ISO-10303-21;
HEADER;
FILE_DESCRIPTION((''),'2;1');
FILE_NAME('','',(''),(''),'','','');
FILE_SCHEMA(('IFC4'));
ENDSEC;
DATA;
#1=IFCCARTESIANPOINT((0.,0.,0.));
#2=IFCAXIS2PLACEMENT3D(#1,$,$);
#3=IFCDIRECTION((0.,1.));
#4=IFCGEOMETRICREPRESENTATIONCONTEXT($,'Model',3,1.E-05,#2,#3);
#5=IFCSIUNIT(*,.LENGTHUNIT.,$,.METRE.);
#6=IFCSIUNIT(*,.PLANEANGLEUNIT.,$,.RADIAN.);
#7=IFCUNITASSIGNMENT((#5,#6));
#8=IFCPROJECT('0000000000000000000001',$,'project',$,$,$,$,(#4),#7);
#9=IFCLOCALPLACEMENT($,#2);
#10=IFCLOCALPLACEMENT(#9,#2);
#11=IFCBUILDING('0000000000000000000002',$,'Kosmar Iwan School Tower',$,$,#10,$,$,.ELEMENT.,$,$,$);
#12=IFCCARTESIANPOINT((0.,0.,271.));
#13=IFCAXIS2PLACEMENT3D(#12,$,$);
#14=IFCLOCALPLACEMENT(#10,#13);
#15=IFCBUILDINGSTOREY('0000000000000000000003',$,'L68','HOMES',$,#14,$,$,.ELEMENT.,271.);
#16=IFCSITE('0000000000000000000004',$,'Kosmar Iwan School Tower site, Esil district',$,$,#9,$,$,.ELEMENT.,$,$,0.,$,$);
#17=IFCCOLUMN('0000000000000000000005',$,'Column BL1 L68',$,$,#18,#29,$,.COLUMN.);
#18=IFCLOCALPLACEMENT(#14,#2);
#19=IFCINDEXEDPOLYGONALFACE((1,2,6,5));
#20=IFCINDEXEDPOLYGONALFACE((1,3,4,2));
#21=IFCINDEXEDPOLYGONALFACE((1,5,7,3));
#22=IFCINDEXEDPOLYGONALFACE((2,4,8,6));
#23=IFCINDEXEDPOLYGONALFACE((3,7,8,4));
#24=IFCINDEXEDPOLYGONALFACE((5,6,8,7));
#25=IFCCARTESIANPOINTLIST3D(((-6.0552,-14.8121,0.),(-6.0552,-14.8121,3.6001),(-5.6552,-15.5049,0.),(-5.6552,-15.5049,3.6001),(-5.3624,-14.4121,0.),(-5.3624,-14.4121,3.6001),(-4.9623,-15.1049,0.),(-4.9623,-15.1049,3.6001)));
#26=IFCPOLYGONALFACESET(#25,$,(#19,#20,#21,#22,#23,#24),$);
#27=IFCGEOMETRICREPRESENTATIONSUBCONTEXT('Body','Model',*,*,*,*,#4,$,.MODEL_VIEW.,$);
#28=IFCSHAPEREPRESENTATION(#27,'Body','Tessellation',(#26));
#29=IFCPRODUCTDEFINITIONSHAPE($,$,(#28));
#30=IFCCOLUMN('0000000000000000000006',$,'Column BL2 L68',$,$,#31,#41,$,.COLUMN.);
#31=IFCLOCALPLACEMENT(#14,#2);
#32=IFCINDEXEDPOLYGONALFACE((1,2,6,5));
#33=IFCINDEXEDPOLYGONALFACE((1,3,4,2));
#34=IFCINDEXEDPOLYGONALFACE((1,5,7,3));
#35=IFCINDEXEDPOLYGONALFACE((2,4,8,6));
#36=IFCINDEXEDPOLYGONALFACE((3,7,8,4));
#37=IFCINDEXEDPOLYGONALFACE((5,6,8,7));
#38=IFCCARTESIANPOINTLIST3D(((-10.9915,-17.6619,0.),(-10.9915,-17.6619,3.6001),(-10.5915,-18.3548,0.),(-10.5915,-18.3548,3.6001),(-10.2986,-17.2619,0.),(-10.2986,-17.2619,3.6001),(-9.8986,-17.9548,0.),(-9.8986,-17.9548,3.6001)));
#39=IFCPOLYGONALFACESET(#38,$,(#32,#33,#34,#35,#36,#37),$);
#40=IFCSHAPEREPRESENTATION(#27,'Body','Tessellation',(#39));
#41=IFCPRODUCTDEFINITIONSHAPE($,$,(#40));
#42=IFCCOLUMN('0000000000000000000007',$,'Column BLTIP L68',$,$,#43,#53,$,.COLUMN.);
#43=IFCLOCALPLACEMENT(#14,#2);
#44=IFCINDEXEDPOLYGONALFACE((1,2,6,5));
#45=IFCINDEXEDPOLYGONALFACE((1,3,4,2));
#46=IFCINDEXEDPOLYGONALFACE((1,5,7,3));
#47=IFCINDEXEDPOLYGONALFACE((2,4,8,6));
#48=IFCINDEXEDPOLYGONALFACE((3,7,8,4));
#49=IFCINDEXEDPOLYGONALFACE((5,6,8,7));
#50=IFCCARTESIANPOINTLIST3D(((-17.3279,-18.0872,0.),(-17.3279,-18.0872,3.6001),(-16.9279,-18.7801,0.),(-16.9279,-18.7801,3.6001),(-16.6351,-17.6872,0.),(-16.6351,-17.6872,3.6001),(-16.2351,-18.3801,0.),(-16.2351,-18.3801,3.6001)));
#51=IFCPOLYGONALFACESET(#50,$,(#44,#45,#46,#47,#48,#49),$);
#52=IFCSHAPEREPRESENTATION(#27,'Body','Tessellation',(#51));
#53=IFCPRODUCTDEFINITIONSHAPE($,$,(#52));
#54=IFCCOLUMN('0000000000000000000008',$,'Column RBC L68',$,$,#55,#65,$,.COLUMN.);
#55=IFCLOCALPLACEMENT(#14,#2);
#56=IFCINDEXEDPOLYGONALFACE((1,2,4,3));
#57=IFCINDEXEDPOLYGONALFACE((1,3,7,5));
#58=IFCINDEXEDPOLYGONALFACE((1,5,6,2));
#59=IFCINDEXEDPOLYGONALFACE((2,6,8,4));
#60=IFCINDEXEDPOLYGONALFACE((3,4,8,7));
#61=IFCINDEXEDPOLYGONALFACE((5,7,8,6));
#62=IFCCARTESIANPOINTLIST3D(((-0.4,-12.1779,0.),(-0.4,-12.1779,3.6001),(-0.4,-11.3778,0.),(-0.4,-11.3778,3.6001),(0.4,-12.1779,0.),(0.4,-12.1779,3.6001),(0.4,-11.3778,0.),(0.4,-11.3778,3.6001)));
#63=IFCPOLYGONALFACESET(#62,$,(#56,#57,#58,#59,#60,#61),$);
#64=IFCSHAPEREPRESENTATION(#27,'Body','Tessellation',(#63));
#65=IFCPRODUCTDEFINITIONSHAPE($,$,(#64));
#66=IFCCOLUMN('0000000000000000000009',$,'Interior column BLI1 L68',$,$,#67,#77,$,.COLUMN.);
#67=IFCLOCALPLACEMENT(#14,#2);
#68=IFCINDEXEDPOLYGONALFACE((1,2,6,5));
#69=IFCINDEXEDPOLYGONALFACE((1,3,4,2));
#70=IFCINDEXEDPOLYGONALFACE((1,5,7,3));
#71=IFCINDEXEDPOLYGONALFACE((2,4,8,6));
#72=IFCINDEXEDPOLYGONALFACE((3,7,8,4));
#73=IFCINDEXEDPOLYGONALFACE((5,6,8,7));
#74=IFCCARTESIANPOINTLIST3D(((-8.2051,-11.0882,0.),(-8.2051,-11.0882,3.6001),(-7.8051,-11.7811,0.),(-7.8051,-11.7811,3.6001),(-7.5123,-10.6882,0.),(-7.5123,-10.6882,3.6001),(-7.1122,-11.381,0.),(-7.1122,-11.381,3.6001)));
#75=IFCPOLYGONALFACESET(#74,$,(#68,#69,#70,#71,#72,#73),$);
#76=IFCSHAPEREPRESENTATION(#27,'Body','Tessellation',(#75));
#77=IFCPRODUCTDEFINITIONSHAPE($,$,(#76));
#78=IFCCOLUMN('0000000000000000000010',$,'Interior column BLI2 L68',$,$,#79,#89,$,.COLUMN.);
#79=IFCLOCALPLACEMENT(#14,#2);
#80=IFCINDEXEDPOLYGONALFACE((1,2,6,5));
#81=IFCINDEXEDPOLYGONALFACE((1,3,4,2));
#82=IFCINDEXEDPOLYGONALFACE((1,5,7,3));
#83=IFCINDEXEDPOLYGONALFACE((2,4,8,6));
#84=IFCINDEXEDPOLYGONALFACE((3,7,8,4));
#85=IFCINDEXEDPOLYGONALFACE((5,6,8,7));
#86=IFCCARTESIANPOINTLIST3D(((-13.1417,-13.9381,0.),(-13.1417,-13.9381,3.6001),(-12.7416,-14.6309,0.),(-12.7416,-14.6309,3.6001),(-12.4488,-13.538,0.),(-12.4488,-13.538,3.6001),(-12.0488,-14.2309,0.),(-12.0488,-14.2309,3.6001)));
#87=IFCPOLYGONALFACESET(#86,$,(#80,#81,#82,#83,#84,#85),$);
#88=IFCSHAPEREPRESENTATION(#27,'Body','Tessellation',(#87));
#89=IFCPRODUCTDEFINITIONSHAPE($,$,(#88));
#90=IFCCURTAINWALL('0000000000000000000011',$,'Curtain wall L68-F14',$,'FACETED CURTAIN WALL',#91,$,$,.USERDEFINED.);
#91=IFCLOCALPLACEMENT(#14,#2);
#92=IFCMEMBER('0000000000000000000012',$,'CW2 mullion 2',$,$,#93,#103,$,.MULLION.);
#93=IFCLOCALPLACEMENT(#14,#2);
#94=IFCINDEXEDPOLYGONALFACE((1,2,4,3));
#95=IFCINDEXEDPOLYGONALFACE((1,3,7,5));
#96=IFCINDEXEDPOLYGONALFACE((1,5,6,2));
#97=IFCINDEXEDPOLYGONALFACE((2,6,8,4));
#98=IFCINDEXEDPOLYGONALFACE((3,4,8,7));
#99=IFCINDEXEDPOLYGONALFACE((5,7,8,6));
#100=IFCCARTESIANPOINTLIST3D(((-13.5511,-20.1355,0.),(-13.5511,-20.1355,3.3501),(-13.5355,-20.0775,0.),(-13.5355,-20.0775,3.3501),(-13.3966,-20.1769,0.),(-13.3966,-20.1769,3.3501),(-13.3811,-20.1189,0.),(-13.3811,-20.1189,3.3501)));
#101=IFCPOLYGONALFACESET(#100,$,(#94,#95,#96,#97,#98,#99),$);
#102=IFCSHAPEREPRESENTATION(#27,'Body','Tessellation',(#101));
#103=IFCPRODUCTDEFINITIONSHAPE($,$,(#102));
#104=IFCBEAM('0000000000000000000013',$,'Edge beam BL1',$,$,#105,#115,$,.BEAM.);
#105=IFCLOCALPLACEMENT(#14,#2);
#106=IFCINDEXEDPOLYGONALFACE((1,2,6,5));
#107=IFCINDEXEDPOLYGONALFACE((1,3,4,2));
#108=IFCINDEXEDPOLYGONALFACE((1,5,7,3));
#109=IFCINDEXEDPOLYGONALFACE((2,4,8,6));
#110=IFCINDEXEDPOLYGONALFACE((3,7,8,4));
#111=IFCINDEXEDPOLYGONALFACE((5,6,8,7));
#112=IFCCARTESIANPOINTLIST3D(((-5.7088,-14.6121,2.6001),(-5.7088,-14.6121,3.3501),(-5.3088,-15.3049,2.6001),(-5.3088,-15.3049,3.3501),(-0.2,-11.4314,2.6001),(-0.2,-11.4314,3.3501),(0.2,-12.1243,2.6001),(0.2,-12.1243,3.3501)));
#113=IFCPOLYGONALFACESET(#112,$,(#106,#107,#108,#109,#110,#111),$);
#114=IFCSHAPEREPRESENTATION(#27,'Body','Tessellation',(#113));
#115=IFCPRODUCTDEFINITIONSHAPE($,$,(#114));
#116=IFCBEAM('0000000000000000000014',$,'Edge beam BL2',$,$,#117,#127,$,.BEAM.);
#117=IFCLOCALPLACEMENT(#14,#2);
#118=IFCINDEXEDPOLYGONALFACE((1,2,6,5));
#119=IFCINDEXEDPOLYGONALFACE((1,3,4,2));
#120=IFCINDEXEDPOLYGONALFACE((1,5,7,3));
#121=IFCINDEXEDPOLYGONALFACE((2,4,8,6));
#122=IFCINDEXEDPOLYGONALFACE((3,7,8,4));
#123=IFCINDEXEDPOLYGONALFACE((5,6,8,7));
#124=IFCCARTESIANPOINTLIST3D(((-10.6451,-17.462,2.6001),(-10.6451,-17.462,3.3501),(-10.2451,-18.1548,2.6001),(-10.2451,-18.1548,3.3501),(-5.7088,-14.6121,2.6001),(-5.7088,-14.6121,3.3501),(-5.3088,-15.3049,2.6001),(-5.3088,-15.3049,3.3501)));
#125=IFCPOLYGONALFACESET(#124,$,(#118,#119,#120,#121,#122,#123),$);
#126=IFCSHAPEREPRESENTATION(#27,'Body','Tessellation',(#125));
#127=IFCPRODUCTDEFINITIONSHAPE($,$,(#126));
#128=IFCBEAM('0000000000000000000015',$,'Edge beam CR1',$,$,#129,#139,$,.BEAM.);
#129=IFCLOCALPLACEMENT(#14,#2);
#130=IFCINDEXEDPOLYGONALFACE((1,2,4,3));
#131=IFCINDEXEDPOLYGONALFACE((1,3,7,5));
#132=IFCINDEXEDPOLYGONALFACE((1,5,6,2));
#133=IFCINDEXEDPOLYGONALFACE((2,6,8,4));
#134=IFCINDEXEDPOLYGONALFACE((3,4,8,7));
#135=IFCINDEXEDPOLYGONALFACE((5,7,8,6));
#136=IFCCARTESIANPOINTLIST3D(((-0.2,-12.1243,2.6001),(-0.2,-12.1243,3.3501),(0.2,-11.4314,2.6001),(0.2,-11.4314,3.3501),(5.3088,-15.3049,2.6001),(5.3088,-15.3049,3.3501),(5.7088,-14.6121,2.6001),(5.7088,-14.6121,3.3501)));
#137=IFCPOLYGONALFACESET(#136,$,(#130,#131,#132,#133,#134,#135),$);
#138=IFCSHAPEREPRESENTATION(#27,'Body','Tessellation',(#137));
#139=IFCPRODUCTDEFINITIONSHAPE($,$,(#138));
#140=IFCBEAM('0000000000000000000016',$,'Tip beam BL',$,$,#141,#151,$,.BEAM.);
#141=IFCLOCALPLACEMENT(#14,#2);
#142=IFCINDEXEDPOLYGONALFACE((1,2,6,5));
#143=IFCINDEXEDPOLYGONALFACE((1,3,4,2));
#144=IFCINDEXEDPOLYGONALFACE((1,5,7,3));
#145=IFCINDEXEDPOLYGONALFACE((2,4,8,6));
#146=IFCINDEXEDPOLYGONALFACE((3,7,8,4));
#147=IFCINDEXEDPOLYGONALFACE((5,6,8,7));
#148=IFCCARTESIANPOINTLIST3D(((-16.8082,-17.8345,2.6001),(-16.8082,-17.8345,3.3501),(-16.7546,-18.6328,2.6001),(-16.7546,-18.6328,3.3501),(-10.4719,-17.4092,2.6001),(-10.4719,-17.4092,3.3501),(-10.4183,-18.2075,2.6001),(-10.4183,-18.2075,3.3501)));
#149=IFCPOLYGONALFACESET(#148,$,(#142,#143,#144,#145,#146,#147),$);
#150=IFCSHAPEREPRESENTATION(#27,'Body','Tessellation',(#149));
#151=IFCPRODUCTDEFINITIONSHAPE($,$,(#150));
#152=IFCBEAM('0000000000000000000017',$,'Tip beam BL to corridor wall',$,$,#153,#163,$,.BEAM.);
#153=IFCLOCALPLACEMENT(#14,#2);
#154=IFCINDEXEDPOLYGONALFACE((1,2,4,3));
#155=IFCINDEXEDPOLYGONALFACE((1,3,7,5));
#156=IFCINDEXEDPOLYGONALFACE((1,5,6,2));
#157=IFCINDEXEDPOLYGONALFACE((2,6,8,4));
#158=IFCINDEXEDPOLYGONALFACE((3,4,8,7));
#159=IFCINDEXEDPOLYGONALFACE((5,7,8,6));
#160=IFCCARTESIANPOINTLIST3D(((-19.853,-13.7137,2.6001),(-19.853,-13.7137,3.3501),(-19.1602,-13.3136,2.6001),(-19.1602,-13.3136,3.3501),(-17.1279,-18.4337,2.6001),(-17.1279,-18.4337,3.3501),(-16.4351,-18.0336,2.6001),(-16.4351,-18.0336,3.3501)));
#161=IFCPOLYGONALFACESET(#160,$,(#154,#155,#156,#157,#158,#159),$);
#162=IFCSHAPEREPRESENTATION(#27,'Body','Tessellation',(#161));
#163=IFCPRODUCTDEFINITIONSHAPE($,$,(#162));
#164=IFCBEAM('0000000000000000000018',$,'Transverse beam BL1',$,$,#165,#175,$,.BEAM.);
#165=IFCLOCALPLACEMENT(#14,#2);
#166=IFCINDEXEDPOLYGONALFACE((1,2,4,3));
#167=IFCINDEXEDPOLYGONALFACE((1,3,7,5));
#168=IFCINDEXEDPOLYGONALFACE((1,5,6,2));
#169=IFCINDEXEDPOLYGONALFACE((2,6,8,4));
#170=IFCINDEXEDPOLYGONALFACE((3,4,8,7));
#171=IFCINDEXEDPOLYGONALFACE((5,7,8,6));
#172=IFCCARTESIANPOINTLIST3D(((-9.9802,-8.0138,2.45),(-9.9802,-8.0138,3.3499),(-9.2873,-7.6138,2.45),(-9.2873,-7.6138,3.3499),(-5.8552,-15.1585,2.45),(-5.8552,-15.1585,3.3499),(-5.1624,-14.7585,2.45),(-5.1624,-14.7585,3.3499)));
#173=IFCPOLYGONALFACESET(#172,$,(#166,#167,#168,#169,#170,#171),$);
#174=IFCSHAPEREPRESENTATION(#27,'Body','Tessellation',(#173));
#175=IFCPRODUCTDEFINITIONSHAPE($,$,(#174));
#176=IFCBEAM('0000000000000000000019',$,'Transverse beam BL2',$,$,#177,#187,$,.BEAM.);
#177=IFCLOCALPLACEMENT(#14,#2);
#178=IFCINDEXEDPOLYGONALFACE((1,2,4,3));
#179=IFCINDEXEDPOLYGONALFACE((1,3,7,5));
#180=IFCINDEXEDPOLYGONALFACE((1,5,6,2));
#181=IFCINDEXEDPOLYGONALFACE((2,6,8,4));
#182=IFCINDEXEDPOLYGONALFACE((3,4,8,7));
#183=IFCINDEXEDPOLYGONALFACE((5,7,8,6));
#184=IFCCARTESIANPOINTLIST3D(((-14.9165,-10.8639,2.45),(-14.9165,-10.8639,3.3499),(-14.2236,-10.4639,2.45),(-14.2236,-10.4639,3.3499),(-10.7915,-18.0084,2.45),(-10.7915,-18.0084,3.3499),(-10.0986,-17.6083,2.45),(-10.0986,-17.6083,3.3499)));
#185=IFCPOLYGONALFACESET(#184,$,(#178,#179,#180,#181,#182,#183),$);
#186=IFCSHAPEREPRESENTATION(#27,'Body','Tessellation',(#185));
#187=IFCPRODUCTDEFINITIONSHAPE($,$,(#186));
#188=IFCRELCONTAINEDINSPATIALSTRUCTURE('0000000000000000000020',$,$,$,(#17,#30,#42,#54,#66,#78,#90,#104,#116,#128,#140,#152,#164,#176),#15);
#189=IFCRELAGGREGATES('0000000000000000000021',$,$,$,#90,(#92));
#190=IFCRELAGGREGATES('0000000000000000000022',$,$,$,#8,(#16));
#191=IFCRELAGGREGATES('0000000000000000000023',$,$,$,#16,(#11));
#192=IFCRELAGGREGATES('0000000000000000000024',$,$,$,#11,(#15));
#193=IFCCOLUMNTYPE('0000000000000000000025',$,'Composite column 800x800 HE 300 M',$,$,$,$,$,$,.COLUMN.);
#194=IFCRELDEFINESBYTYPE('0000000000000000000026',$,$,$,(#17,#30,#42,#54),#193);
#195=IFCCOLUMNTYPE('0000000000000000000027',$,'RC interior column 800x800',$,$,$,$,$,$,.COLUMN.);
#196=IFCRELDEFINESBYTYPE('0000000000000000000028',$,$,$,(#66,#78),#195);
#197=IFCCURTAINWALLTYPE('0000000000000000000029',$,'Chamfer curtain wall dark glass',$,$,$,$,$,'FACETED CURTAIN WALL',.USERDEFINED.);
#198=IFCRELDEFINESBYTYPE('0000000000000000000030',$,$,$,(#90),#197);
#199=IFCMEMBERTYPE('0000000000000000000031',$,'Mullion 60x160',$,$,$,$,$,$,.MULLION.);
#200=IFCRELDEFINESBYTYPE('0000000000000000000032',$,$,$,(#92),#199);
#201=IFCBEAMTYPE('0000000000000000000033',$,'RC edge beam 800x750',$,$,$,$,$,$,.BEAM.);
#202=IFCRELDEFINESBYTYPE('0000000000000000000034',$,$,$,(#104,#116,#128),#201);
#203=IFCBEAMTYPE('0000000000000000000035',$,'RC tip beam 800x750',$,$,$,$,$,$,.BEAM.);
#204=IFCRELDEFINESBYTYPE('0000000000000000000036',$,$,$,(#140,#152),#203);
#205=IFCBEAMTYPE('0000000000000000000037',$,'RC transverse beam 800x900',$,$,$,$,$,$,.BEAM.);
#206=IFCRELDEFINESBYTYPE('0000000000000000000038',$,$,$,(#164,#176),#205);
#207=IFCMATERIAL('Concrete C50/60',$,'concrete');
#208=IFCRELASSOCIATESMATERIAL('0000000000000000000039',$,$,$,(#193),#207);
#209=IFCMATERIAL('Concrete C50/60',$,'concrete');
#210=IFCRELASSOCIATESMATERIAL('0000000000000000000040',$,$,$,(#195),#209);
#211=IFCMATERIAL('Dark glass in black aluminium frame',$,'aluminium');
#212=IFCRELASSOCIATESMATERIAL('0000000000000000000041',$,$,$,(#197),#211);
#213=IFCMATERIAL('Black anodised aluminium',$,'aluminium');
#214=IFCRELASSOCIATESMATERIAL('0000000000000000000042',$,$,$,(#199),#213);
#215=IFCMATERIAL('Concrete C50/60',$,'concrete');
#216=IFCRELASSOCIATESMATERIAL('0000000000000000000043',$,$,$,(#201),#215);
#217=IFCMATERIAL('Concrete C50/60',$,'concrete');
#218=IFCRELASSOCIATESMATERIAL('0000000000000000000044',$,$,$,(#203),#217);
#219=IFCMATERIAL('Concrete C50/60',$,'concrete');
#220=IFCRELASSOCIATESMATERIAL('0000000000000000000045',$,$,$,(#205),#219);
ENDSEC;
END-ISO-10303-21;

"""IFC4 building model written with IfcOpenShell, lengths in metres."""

from ifc_helpers import new_model, si_unit, direction, frame, origin, origin_2d, place, context, subcontext, project, spatial, rectangle, extrude, material, material_profile, profile_set, type_object, element, aggregate, save


model = new_model("IFC4")

# Units and contexts
model_context = context("Model", 3, precision=1e-05, world=origin(), true_north=direction((0.0, 1.0)))
body_context = subcontext(model_context, "Body", "Model", "MODEL_VIEW")
ifc_project = project(units=[si_unit("LENGTHUNIT", "METRE"), si_unit("PLANEANGLEUNIT", "RADIAN")], contexts=[model_context])

# Site, building, storey
site_placement = place(None, origin())
site = spatial("IfcSite", under=ifc_project, at=site_placement, Name="Kosmar Iwan School Tower site, Esil district", CompositionType="ELEMENT", RefElevation=0.0)
building_placement = place(site_placement, origin())
building = spatial("IfcBuilding", under=site, at=building_placement, Name="Kosmar Iwan School Tower", CompositionType="ELEMENT")
storey_placement = place(building_placement, frame((0.0, 0.0, 271.0)))
storey = spatial("IfcBuildingStorey", under=building, at=storey_placement, Name="L68", Description="HOMES", CompositionType="ELEMENT", Elevation=271.0)

# Columns
ifc_material_1 = material(Name="Concrete C50/60", Category="concrete")
ifc_material_profile_1 = material_profile(ifc_material_1, rectangle(XDim=0.8, YDim=0.8, at=origin_2d()), Name="RC 800x800 + HE 300 M")
ifc_profile_set_1 = profile_set([ifc_material_profile_1], Name="Concrete C50/60")
column_type_1 = type_object("IfcColumnType", Name="Composite column 800x800 HE 300 M", PredefinedType="COLUMN", material=ifc_profile_set_1)
for number, where, z_axis, x_axis, name in (
    (1, (-5.5088, -14.9585, 0.0), (0.0, 0.0, 1.0), (-0.866025, -0.5, 0.0), "Column BL1 L68"),
    (2, (-10.4451, -17.8083, 0.0), (0.0, 0.0, 1.0), (-0.866025, -0.5, 0.0), "Column BL2 L68"),
    (3, (-16.7815, -18.2336, 0.0), (0.0, 0.0, 1.0), (-0.866025, -0.5, 0.0), "Column BLTIP L68"),
    (4, (0.0, -11.7778, 0.0), (0.0, 0.0, 1.0), (1.0, 0.0, 0.0), "Column RBC L68"),
):
    element("IfcColumn", number, at=place(storey_placement, frame(where, z_axis=z_axis, x_axis=x_axis)), inside=storey, type_object=column_type_1, Name=name, PredefinedType="COLUMN", context=body_context, shape_type="SweptSolid", body=[
        extrude(rectangle(XDim=0.8, YDim=0.8, at=origin_2d()), origin(), (0.0, 0.0, 1.0), 3.6001),
    ])
ifc_material_2 = material(Name="Concrete C50/60", Category="concrete")
ifc_material_profile_2 = material_profile(ifc_material_2, rectangle(XDim=0.8, YDim=0.8, at=origin_2d()), Name="RC 800x800")
ifc_profile_set_2 = profile_set([ifc_material_profile_2], Name="Concrete C50/60")
column_type_2 = type_object("IfcColumnType", Name="RC interior column 800x800", PredefinedType="COLUMN", material=ifc_profile_set_2)
for number, where, z_axis, x_axis, name in (
    (5, (-7.6587, -11.2346, 0.0), (0.0, 0.0, 1.0), (-0.866025, -0.5, 0.0), "Interior column BLI1 L68"),
    (6, (-12.5952, -14.0845, 0.0), (0.0, 0.0, 1.0), (-0.866025, -0.5, 0.0), "Interior column BLI2 L68"),
):
    element("IfcColumn", number, at=place(storey_placement, frame(where, z_axis=z_axis, x_axis=x_axis)), inside=storey, type_object=column_type_2, Name=name, PredefinedType="COLUMN", context=body_context, shape_type="SweptSolid", body=[
        extrude(rectangle(XDim=0.8, YDim=0.8, at=origin_2d()), origin(), (0.0, 0.0, 1.0), 3.6001),
    ])

# Curtain wall, member
ifc_material_3 = material(Name="Dark glass in black aluminium frame", Category="aluminium")
curtain_wall_type = type_object("IfcCurtainWallType", Name="Chamfer curtain wall dark glass", ElementType="FACETED CURTAIN WALL", PredefinedType="USERDEFINED", material=ifc_material_3)
curtain_wall_placement = place(storey_placement, origin())
curtain_wall = element("IfcCurtainWall", 7, at=curtain_wall_placement, inside=storey, type_object=curtain_wall_type, Name="Curtain wall L68-F14", ObjectType="FACETED CURTAIN WALL", PredefinedType="USERDEFINED")
ifc_material_4 = material(Name="Black anodised aluminium", Category="aluminium")
ifc_material_profile_3 = material_profile(ifc_material_4, rectangle(XDim=0.0601, YDim=0.1599, at=origin_2d()), Name="MULLION 60x160")
ifc_profile_set_3 = profile_set([ifc_material_profile_3], Name="Black anodised aluminium")
member_type = type_object("IfcMemberType", Name="Mullion 60x160", PredefinedType="MULLION", material=ifc_profile_set_3)
member_placement = place(storey_placement, frame((-13.4661, -20.1272, 0.0), z_axis=(0.0, 0.0, 1.0), x_axis=(0.258819, 0.965926, 0.0)))
member = element("IfcMember", 8, at=member_placement, type_object=member_type, Name="CW2 mullion 2", PredefinedType="MULLION", context=body_context, shape_type="SweptSolid", body=[
    extrude(rectangle(XDim=0.0601, YDim=0.1599, at=origin_2d()), origin(), (0.0, 0.0, 1.0), 3.3501),
])

# Beams
ifc_material_5 = material(Name="Concrete C50/60", Category="concrete")
ifc_material_profile_4 = material_profile(ifc_material_5, rectangle(XDim=0.8, YDim=0.75, at=origin_2d()), Name="RC 800x750")
ifc_profile_set_4 = profile_set([ifc_material_profile_4], Name="Concrete C50/60")
beam_type_1 = type_object("IfcBeamType", Name="RC edge beam 800x750", PredefinedType="BEAM", material=ifc_profile_set_4)
beam_1_placement = place(storey_placement, frame((0.0, -11.7778, 2.9751), z_axis=(-0.866014, -0.500019, 0.0), x_axis=(0.500019, -0.866014, 0.0)))
element("IfcBeam", 9, at=beam_1_placement, inside=storey, type_object=beam_type_1, Name="Edge beam BL1", PredefinedType="BEAM", context=body_context, shape_type="SweptSolid", body=[
    extrude(rectangle(XDim=0.8, YDim=0.75, at=origin_2d()), origin(), (0.0, 0.0, 1.0), 6.3611),
])
beam_2_placement = place(storey_placement, frame((-5.5088, -14.9585, 2.9751), z_axis=(-0.866034, -0.499986, 0.0), x_axis=(0.499986, -0.866034, 0.0)))
element("IfcBeam", 10, at=beam_2_placement, inside=storey, type_object=beam_type_1, Name="Edge beam BL2", PredefinedType="BEAM", context=body_context, shape_type="SweptSolid", body=[
    extrude(rectangle(XDim=0.8, YDim=0.75, at=origin_2d()), origin(), (0.0, 0.0, 1.0), 5.7),
])
beam_3_placement = place(storey_placement, frame((0.0, -11.7778, 2.9751), z_axis=(0.866014, -0.500019, 0.0), x_axis=(0.500019, 0.866014, 0.0)))
element("IfcBeam", 11, at=beam_3_placement, inside=storey, type_object=beam_type_1, Name="Edge beam CR1", PredefinedType="BEAM", context=body_context, shape_type="SweptSolid", body=[
    extrude(rectangle(XDim=0.8, YDim=0.75, at=origin_2d()), origin(), (0.0, 0.0, 1.0), 6.3611),
])
ifc_material_6 = material(Name="Concrete C50/60", Category="concrete")
ifc_material_profile_5 = material_profile(ifc_material_6, rectangle(XDim=0.8, YDim=0.75, at=origin_2d()), Name="RC 800x750")
ifc_profile_set_5 = profile_set([ifc_material_profile_5], Name="Concrete C50/60")
beam_type_2 = type_object("IfcBeamType", Name="RC tip beam 800x750", PredefinedType="BEAM", material=ifc_profile_set_5)
beam_4_placement = place(storey_placement, frame((-10.4451, -17.8083, 2.9751), z_axis=(-0.997755, -0.066968, 0.0), x_axis=(0.066968, -0.997755, 0.0)))
element("IfcBeam", 12, at=beam_4_placement, inside=storey, type_object=beam_type_2, Name="Tip beam BL", PredefinedType="BEAM", context=body_context, shape_type="SweptSolid", body=[
    extrude(rectangle(XDim=0.8, YDim=0.75, at=origin_2d()), origin(), (0.0, 0.0, 1.0), 6.3506),
])
beam_5_placement = place(storey_placement, frame((-16.7815, -18.2336, 2.9751), z_axis=(-0.500003, 0.866024, 0.0), x_axis=(-0.866024, -0.500003, 0.0)))
element("IfcBeam", 13, at=beam_5_placement, inside=storey, type_object=beam_type_2, Name="Tip beam BL to corridor wall", PredefinedType="BEAM", context=body_context, shape_type="SweptSolid", body=[
    extrude(rectangle(XDim=0.8, YDim=0.75, at=origin_2d()), origin(), (0.0, 0.0, 1.0), 5.4502),
])
ifc_material_7 = material(Name="Concrete C50/60", Category="concrete")
ifc_material_profile_6 = material_profile(ifc_material_7, rectangle(XDim=0.8, YDim=0.8999, at=origin_2d()), Name="RC 800x900")
ifc_profile_set_6 = profile_set([ifc_material_profile_6], Name="Concrete C50/60")
beam_type_3 = type_object("IfcBeamType", Name="RC transverse beam 800x900", PredefinedType="BEAM", material=ifc_profile_set_6)
beam_6_placement = place(storey_placement, frame((-5.5088, -14.9585, 2.8999), z_axis=(-0.499997, 0.866027, 0.0), x_axis=(-0.866027, -0.499997, 0.0)))
element("IfcBeam", 14, at=beam_6_placement, inside=storey, type_object=beam_type_3, Name="Transverse beam BL1", PredefinedType="BEAM", context=body_context, shape_type="SweptSolid", body=[
    extrude(rectangle(XDim=0.8, YDim=0.8999, at=origin_2d()), origin(), (0.0, 0.0, 1.0), 8.25),
])
beam_7_placement = place(storey_placement, frame((-10.4451, -17.8083, 2.8999), z_axis=(-0.500009, 0.86602, 0.0), x_axis=(-0.86602, -0.500009, 0.0)))
element("IfcBeam", 15, at=beam_7_placement, inside=storey, type_object=beam_type_3, Name="Transverse beam BL2", PredefinedType="BEAM", context=body_context, shape_type="SweptSolid", body=[
    extrude(rectangle(XDim=0.8, YDim=0.8999, at=origin_2d()), origin(), (0.0, 0.0, 1.0), 8.2498),
])

aggregate(curtain_wall, [member])

save(model, "model.ifc")
